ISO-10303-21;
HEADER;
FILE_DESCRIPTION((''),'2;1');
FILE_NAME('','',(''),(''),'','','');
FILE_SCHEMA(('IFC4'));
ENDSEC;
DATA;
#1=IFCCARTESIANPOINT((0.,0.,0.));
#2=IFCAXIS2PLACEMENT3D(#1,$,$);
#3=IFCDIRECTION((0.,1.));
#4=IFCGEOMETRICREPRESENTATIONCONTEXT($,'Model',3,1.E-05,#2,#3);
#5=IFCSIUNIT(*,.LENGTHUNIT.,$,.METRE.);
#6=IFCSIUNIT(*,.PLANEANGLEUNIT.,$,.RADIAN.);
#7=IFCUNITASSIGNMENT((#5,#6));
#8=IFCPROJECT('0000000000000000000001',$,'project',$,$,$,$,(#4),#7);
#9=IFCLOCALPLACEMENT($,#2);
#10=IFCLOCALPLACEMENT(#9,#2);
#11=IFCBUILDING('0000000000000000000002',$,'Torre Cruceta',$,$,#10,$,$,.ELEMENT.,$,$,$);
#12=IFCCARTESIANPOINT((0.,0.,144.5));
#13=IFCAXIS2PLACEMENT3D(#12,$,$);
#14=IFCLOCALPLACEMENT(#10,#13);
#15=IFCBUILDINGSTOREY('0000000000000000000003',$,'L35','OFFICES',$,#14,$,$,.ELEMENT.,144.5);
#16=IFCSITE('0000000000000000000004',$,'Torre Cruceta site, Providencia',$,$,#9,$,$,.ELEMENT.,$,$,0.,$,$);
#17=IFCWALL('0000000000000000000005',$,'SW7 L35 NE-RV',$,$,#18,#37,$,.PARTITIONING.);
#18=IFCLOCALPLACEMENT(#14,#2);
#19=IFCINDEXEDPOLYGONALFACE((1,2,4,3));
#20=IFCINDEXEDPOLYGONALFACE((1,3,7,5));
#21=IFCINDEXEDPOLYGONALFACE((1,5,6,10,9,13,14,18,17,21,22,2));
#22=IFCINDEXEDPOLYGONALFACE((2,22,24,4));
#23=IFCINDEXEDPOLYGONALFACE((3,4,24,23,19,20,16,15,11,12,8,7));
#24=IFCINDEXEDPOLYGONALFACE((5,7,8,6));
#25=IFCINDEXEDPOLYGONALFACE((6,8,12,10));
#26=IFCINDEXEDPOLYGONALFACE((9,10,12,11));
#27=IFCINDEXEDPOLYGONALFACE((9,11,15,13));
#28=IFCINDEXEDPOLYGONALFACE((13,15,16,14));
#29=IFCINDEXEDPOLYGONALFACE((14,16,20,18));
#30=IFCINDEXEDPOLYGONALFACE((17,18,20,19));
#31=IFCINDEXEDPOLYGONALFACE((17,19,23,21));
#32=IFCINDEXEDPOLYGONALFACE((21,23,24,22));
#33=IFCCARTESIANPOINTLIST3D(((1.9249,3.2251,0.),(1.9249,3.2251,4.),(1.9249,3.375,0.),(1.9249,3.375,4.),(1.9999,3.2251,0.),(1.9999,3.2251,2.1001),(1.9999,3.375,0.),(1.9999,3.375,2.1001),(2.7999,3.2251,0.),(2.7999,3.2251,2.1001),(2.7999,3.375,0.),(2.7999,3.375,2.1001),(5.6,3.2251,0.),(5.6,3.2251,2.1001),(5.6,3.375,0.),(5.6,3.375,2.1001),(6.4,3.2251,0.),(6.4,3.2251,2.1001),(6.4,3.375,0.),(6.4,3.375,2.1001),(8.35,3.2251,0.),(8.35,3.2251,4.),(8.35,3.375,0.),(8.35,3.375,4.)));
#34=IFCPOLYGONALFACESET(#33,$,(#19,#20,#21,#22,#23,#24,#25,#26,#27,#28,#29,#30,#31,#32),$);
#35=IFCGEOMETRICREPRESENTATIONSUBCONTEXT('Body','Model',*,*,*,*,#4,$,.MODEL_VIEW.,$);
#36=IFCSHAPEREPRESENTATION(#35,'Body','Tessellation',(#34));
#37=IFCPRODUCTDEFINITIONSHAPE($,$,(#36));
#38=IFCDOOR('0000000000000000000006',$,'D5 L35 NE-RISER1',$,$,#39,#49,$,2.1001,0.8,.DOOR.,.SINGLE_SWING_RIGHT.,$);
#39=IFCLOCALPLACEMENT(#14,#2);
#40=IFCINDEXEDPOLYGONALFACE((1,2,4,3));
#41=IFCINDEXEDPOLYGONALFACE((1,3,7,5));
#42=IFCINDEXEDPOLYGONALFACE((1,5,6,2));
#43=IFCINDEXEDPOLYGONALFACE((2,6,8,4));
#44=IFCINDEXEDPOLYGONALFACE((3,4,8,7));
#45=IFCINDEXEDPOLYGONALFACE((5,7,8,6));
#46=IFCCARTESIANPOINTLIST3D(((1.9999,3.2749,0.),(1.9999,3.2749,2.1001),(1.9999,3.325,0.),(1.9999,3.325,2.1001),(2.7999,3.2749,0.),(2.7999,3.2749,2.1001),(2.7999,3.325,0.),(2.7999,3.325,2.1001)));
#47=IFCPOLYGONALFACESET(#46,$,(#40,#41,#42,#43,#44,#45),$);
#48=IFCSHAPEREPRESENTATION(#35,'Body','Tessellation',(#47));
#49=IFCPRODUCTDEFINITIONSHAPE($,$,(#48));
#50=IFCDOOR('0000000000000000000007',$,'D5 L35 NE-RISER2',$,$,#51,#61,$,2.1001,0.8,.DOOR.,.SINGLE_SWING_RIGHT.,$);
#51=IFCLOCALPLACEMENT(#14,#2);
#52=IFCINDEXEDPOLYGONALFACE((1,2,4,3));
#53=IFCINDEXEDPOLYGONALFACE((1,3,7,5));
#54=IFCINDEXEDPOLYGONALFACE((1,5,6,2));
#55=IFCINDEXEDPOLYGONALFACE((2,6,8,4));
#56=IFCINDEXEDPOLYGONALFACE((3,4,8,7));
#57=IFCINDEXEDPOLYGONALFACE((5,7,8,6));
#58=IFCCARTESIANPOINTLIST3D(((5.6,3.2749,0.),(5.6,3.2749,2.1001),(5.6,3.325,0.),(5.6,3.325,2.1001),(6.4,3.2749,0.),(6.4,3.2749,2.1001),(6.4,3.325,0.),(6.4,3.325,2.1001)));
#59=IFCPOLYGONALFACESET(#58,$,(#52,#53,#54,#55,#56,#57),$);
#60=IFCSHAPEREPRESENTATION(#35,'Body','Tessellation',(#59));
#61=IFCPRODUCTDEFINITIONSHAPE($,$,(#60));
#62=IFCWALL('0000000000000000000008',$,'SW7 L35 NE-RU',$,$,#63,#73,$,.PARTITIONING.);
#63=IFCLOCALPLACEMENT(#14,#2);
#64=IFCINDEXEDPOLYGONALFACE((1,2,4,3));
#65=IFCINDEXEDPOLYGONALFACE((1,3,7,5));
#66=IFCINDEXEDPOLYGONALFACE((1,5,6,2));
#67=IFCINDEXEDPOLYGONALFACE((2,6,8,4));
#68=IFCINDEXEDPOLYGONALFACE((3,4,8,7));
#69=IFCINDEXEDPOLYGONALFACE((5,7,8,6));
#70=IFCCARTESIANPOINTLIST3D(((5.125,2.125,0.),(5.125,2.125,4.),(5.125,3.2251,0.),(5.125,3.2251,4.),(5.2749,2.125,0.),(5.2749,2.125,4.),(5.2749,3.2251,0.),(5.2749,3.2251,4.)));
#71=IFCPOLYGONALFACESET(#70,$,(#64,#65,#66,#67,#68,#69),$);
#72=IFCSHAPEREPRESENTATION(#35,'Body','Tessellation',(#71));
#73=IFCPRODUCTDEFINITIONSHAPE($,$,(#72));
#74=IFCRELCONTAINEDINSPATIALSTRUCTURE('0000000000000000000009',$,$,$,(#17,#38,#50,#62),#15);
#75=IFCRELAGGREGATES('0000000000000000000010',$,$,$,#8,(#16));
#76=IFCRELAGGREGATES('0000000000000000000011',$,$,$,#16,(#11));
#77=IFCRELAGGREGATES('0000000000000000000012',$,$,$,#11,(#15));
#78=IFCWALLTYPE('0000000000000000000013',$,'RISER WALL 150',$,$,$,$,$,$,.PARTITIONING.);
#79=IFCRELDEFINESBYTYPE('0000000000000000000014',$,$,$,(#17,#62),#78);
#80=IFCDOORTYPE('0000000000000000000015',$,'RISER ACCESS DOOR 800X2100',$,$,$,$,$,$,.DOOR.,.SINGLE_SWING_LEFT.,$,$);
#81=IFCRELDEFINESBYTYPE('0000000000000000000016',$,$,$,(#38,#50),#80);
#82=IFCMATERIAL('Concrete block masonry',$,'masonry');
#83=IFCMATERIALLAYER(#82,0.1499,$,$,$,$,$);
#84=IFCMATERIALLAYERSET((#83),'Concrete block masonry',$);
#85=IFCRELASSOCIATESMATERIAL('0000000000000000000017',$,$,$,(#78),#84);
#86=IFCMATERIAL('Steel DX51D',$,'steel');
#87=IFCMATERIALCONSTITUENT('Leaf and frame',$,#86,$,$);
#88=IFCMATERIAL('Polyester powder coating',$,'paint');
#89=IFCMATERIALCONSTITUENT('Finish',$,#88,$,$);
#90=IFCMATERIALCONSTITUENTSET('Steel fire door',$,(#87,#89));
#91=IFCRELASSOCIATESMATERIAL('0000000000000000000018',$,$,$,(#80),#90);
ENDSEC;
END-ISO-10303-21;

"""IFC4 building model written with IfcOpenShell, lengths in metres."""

from ifc_helpers import new_model, si_unit, direction, frame, frame_2d, origin, place, context, subcontext, project, spatial, rectangle, extrude, material, layer, layer_set, constituent, constituent_set, type_object, element, fill, save


model = new_model("IFC4")

# Units and contexts
model_context = context("Model", 3, precision=1e-05, world=origin(), true_north=direction((0.0, 1.0)))
body_context = subcontext(model_context, "Body", "Model", "MODEL_VIEW")
ifc_project = project(units=[si_unit("LENGTHUNIT", "METRE"), si_unit("PLANEANGLEUNIT", "RADIAN")], contexts=[model_context])

# Site, building, storey
site_placement = place(None, origin())
site = spatial("IfcSite", under=ifc_project, at=site_placement, Name="Torre Cruceta site, Providencia", CompositionType="ELEMENT", RefElevation=0.0)
building_placement = place(site_placement, origin())
building = spatial("IfcBuilding", under=site, at=building_placement, Name="Torre Cruceta", CompositionType="ELEMENT")
storey_placement = place(building_placement, frame((0.0, 0.0, 144.5)))
storey = spatial("IfcBuildingStorey", under=building, at=storey_placement, Name="L35", Description="OFFICES", CompositionType="ELEMENT", Elevation=144.5)

# Wall, openings, doors
ifc_material_1 = material(Name="Concrete block masonry", Category="masonry")
ifc_layer_1 = layer(ifc_material_1, 0.1499)
ifc_layer_set_1 = layer_set([ifc_layer_1], Name="Concrete block masonry")
wall_type_1 = type_object("IfcWallType", Name="RISER WALL 150", PredefinedType="PARTITIONING", material=ifc_layer_set_1)
wall_1_placement = place(storey_placement, frame((1.925, 3.3, 0.0), z_axis=(0.0, 0.0, 1.0), x_axis=(1.0, 0.0, 0.0)))
wall_1 = element("IfcWall", 1, at=wall_1_placement, inside=storey, type_object=wall_type_1, Name="SW7 L35 NE-RV", PredefinedType="PARTITIONING", context=body_context, shape_type="SweptSolid", body=[
    extrude(rectangle(XDim=6.425, YDim=0.1499, at=frame_2d((3.2124, 0.0))), origin(), (0.0, 0.0, 1.0), 4.0),
])
opening_1_placement = place(wall_1_placement, frame((0.075, 0.0, 0.0)))
opening_1 = element("IfcOpeningElement", 2, at=opening_1_placement, cuts=wall_1, PredefinedType="OPENING", context=body_context, shape_type="SweptSolid", body=[
    extrude(rectangle(XDim=0.8, YDim=2.1001, at=frame_2d((0.3999, 1.05))), frame((0.0, 0.085, 0.0), z_axis=(0.0, -1.0, 0.0), x_axis=(1.0, 0.0, 0.0)), (0.0, 0.0, 1.0), 0.1699),
])
opening_2_placement = place(wall_1_placement, frame((3.675, 0.0, 0.0)))
opening_2 = element("IfcOpeningElement", 3, at=opening_2_placement, cuts=wall_1, PredefinedType="OPENING", context=body_context, shape_type="SweptSolid", body=[
    extrude(rectangle(XDim=0.8, YDim=2.1001, at=frame_2d((0.3999, 1.05))), frame((0.0, 0.085, 0.0), z_axis=(0.0, -1.0, 0.0), x_axis=(1.0, 0.0, 0.0)), (0.0, 0.0, 1.0), 0.1699),
])
ifc_material_2 = material(Name="Steel DX51D", Category="steel")
ifc_constituent_1 = constituent(ifc_material_2, Name="Leaf and frame")
ifc_material_3 = material(Name="Polyester powder coating", Category="paint")
ifc_constituent_2 = constituent(ifc_material_3, Name="Finish")
ifc_constituent_set_1 = constituent_set(constituents=[ifc_constituent_1, ifc_constituent_2], Name="Steel fire door")
door_type_1 = type_object("IfcDoorType", Name="RISER ACCESS DOOR 800X2100", OperationType="SINGLE_SWING_LEFT", PredefinedType="DOOR", material=ifc_constituent_set_1)
door_1_placement = place(opening_1_placement, frame((0.8, 0.0, 0.0), z_axis=(0.0, 0.0, 1.0), x_axis=(-1.0, 0.0, 0.0)))
door_1 = element("IfcDoor", 4, at=door_1_placement, inside=storey, type_object=door_type_1, Name="D5 L35 NE-RISER1", OperationType="SINGLE_SWING_RIGHT", OverallHeight=2.1001, OverallWidth=0.8, PredefinedType="DOOR", context=body_context, shape_type="SweptSolid", body=[
    extrude(rectangle(XDim=0.8, YDim=2.1001, at=frame_2d((0.4001, 1.05))), frame((0.0, 0.0251, 0.0), z_axis=(0.0, -1.0, 0.0), x_axis=(1.0, 0.0, 0.0)), (0.0, 0.0, 1.0), 0.05),
])
fill(opening_1, door_1)
door_2_placement = place(opening_2_placement, frame((0.8, 0.0, 0.0), z_axis=(0.0, 0.0, 1.0), x_axis=(-1.0, 0.0, 0.0)))
door_2 = element("IfcDoor", 5, at=door_2_placement, inside=storey, type_object=door_type_1, Name="D5 L35 NE-RISER2", OperationType="SINGLE_SWING_RIGHT", OverallHeight=2.1001, OverallWidth=0.8, PredefinedType="DOOR", context=body_context, shape_type="SweptSolid", body=[
    extrude(rectangle(XDim=0.8, YDim=2.1001, at=frame_2d((0.4001, 1.05))), frame((0.0, 0.0251, 0.0), z_axis=(0.0, -1.0, 0.0), x_axis=(1.0, 0.0, 0.0)), (0.0, 0.0, 1.0), 0.05),
])
fill(opening_2, door_2)

# Wall
wall_2_placement = place(storey_placement, frame((5.2, 2.125, 0.0), z_axis=(0.0, 0.0, 1.0), x_axis=(0.0, 1.0, 0.0)))
element("IfcWall", 6, at=wall_2_placement, inside=storey, type_object=wall_type_1, Name="SW7 L35 NE-RU", PredefinedType="PARTITIONING", context=body_context, shape_type="SweptSolid", body=[
    extrude(rectangle(XDim=1.1001, YDim=0.1499, at=frame_2d((0.55, 0.0))), origin(), (0.0, 0.0, 1.0), 4.0),
])

save(model, "model.ifc")
